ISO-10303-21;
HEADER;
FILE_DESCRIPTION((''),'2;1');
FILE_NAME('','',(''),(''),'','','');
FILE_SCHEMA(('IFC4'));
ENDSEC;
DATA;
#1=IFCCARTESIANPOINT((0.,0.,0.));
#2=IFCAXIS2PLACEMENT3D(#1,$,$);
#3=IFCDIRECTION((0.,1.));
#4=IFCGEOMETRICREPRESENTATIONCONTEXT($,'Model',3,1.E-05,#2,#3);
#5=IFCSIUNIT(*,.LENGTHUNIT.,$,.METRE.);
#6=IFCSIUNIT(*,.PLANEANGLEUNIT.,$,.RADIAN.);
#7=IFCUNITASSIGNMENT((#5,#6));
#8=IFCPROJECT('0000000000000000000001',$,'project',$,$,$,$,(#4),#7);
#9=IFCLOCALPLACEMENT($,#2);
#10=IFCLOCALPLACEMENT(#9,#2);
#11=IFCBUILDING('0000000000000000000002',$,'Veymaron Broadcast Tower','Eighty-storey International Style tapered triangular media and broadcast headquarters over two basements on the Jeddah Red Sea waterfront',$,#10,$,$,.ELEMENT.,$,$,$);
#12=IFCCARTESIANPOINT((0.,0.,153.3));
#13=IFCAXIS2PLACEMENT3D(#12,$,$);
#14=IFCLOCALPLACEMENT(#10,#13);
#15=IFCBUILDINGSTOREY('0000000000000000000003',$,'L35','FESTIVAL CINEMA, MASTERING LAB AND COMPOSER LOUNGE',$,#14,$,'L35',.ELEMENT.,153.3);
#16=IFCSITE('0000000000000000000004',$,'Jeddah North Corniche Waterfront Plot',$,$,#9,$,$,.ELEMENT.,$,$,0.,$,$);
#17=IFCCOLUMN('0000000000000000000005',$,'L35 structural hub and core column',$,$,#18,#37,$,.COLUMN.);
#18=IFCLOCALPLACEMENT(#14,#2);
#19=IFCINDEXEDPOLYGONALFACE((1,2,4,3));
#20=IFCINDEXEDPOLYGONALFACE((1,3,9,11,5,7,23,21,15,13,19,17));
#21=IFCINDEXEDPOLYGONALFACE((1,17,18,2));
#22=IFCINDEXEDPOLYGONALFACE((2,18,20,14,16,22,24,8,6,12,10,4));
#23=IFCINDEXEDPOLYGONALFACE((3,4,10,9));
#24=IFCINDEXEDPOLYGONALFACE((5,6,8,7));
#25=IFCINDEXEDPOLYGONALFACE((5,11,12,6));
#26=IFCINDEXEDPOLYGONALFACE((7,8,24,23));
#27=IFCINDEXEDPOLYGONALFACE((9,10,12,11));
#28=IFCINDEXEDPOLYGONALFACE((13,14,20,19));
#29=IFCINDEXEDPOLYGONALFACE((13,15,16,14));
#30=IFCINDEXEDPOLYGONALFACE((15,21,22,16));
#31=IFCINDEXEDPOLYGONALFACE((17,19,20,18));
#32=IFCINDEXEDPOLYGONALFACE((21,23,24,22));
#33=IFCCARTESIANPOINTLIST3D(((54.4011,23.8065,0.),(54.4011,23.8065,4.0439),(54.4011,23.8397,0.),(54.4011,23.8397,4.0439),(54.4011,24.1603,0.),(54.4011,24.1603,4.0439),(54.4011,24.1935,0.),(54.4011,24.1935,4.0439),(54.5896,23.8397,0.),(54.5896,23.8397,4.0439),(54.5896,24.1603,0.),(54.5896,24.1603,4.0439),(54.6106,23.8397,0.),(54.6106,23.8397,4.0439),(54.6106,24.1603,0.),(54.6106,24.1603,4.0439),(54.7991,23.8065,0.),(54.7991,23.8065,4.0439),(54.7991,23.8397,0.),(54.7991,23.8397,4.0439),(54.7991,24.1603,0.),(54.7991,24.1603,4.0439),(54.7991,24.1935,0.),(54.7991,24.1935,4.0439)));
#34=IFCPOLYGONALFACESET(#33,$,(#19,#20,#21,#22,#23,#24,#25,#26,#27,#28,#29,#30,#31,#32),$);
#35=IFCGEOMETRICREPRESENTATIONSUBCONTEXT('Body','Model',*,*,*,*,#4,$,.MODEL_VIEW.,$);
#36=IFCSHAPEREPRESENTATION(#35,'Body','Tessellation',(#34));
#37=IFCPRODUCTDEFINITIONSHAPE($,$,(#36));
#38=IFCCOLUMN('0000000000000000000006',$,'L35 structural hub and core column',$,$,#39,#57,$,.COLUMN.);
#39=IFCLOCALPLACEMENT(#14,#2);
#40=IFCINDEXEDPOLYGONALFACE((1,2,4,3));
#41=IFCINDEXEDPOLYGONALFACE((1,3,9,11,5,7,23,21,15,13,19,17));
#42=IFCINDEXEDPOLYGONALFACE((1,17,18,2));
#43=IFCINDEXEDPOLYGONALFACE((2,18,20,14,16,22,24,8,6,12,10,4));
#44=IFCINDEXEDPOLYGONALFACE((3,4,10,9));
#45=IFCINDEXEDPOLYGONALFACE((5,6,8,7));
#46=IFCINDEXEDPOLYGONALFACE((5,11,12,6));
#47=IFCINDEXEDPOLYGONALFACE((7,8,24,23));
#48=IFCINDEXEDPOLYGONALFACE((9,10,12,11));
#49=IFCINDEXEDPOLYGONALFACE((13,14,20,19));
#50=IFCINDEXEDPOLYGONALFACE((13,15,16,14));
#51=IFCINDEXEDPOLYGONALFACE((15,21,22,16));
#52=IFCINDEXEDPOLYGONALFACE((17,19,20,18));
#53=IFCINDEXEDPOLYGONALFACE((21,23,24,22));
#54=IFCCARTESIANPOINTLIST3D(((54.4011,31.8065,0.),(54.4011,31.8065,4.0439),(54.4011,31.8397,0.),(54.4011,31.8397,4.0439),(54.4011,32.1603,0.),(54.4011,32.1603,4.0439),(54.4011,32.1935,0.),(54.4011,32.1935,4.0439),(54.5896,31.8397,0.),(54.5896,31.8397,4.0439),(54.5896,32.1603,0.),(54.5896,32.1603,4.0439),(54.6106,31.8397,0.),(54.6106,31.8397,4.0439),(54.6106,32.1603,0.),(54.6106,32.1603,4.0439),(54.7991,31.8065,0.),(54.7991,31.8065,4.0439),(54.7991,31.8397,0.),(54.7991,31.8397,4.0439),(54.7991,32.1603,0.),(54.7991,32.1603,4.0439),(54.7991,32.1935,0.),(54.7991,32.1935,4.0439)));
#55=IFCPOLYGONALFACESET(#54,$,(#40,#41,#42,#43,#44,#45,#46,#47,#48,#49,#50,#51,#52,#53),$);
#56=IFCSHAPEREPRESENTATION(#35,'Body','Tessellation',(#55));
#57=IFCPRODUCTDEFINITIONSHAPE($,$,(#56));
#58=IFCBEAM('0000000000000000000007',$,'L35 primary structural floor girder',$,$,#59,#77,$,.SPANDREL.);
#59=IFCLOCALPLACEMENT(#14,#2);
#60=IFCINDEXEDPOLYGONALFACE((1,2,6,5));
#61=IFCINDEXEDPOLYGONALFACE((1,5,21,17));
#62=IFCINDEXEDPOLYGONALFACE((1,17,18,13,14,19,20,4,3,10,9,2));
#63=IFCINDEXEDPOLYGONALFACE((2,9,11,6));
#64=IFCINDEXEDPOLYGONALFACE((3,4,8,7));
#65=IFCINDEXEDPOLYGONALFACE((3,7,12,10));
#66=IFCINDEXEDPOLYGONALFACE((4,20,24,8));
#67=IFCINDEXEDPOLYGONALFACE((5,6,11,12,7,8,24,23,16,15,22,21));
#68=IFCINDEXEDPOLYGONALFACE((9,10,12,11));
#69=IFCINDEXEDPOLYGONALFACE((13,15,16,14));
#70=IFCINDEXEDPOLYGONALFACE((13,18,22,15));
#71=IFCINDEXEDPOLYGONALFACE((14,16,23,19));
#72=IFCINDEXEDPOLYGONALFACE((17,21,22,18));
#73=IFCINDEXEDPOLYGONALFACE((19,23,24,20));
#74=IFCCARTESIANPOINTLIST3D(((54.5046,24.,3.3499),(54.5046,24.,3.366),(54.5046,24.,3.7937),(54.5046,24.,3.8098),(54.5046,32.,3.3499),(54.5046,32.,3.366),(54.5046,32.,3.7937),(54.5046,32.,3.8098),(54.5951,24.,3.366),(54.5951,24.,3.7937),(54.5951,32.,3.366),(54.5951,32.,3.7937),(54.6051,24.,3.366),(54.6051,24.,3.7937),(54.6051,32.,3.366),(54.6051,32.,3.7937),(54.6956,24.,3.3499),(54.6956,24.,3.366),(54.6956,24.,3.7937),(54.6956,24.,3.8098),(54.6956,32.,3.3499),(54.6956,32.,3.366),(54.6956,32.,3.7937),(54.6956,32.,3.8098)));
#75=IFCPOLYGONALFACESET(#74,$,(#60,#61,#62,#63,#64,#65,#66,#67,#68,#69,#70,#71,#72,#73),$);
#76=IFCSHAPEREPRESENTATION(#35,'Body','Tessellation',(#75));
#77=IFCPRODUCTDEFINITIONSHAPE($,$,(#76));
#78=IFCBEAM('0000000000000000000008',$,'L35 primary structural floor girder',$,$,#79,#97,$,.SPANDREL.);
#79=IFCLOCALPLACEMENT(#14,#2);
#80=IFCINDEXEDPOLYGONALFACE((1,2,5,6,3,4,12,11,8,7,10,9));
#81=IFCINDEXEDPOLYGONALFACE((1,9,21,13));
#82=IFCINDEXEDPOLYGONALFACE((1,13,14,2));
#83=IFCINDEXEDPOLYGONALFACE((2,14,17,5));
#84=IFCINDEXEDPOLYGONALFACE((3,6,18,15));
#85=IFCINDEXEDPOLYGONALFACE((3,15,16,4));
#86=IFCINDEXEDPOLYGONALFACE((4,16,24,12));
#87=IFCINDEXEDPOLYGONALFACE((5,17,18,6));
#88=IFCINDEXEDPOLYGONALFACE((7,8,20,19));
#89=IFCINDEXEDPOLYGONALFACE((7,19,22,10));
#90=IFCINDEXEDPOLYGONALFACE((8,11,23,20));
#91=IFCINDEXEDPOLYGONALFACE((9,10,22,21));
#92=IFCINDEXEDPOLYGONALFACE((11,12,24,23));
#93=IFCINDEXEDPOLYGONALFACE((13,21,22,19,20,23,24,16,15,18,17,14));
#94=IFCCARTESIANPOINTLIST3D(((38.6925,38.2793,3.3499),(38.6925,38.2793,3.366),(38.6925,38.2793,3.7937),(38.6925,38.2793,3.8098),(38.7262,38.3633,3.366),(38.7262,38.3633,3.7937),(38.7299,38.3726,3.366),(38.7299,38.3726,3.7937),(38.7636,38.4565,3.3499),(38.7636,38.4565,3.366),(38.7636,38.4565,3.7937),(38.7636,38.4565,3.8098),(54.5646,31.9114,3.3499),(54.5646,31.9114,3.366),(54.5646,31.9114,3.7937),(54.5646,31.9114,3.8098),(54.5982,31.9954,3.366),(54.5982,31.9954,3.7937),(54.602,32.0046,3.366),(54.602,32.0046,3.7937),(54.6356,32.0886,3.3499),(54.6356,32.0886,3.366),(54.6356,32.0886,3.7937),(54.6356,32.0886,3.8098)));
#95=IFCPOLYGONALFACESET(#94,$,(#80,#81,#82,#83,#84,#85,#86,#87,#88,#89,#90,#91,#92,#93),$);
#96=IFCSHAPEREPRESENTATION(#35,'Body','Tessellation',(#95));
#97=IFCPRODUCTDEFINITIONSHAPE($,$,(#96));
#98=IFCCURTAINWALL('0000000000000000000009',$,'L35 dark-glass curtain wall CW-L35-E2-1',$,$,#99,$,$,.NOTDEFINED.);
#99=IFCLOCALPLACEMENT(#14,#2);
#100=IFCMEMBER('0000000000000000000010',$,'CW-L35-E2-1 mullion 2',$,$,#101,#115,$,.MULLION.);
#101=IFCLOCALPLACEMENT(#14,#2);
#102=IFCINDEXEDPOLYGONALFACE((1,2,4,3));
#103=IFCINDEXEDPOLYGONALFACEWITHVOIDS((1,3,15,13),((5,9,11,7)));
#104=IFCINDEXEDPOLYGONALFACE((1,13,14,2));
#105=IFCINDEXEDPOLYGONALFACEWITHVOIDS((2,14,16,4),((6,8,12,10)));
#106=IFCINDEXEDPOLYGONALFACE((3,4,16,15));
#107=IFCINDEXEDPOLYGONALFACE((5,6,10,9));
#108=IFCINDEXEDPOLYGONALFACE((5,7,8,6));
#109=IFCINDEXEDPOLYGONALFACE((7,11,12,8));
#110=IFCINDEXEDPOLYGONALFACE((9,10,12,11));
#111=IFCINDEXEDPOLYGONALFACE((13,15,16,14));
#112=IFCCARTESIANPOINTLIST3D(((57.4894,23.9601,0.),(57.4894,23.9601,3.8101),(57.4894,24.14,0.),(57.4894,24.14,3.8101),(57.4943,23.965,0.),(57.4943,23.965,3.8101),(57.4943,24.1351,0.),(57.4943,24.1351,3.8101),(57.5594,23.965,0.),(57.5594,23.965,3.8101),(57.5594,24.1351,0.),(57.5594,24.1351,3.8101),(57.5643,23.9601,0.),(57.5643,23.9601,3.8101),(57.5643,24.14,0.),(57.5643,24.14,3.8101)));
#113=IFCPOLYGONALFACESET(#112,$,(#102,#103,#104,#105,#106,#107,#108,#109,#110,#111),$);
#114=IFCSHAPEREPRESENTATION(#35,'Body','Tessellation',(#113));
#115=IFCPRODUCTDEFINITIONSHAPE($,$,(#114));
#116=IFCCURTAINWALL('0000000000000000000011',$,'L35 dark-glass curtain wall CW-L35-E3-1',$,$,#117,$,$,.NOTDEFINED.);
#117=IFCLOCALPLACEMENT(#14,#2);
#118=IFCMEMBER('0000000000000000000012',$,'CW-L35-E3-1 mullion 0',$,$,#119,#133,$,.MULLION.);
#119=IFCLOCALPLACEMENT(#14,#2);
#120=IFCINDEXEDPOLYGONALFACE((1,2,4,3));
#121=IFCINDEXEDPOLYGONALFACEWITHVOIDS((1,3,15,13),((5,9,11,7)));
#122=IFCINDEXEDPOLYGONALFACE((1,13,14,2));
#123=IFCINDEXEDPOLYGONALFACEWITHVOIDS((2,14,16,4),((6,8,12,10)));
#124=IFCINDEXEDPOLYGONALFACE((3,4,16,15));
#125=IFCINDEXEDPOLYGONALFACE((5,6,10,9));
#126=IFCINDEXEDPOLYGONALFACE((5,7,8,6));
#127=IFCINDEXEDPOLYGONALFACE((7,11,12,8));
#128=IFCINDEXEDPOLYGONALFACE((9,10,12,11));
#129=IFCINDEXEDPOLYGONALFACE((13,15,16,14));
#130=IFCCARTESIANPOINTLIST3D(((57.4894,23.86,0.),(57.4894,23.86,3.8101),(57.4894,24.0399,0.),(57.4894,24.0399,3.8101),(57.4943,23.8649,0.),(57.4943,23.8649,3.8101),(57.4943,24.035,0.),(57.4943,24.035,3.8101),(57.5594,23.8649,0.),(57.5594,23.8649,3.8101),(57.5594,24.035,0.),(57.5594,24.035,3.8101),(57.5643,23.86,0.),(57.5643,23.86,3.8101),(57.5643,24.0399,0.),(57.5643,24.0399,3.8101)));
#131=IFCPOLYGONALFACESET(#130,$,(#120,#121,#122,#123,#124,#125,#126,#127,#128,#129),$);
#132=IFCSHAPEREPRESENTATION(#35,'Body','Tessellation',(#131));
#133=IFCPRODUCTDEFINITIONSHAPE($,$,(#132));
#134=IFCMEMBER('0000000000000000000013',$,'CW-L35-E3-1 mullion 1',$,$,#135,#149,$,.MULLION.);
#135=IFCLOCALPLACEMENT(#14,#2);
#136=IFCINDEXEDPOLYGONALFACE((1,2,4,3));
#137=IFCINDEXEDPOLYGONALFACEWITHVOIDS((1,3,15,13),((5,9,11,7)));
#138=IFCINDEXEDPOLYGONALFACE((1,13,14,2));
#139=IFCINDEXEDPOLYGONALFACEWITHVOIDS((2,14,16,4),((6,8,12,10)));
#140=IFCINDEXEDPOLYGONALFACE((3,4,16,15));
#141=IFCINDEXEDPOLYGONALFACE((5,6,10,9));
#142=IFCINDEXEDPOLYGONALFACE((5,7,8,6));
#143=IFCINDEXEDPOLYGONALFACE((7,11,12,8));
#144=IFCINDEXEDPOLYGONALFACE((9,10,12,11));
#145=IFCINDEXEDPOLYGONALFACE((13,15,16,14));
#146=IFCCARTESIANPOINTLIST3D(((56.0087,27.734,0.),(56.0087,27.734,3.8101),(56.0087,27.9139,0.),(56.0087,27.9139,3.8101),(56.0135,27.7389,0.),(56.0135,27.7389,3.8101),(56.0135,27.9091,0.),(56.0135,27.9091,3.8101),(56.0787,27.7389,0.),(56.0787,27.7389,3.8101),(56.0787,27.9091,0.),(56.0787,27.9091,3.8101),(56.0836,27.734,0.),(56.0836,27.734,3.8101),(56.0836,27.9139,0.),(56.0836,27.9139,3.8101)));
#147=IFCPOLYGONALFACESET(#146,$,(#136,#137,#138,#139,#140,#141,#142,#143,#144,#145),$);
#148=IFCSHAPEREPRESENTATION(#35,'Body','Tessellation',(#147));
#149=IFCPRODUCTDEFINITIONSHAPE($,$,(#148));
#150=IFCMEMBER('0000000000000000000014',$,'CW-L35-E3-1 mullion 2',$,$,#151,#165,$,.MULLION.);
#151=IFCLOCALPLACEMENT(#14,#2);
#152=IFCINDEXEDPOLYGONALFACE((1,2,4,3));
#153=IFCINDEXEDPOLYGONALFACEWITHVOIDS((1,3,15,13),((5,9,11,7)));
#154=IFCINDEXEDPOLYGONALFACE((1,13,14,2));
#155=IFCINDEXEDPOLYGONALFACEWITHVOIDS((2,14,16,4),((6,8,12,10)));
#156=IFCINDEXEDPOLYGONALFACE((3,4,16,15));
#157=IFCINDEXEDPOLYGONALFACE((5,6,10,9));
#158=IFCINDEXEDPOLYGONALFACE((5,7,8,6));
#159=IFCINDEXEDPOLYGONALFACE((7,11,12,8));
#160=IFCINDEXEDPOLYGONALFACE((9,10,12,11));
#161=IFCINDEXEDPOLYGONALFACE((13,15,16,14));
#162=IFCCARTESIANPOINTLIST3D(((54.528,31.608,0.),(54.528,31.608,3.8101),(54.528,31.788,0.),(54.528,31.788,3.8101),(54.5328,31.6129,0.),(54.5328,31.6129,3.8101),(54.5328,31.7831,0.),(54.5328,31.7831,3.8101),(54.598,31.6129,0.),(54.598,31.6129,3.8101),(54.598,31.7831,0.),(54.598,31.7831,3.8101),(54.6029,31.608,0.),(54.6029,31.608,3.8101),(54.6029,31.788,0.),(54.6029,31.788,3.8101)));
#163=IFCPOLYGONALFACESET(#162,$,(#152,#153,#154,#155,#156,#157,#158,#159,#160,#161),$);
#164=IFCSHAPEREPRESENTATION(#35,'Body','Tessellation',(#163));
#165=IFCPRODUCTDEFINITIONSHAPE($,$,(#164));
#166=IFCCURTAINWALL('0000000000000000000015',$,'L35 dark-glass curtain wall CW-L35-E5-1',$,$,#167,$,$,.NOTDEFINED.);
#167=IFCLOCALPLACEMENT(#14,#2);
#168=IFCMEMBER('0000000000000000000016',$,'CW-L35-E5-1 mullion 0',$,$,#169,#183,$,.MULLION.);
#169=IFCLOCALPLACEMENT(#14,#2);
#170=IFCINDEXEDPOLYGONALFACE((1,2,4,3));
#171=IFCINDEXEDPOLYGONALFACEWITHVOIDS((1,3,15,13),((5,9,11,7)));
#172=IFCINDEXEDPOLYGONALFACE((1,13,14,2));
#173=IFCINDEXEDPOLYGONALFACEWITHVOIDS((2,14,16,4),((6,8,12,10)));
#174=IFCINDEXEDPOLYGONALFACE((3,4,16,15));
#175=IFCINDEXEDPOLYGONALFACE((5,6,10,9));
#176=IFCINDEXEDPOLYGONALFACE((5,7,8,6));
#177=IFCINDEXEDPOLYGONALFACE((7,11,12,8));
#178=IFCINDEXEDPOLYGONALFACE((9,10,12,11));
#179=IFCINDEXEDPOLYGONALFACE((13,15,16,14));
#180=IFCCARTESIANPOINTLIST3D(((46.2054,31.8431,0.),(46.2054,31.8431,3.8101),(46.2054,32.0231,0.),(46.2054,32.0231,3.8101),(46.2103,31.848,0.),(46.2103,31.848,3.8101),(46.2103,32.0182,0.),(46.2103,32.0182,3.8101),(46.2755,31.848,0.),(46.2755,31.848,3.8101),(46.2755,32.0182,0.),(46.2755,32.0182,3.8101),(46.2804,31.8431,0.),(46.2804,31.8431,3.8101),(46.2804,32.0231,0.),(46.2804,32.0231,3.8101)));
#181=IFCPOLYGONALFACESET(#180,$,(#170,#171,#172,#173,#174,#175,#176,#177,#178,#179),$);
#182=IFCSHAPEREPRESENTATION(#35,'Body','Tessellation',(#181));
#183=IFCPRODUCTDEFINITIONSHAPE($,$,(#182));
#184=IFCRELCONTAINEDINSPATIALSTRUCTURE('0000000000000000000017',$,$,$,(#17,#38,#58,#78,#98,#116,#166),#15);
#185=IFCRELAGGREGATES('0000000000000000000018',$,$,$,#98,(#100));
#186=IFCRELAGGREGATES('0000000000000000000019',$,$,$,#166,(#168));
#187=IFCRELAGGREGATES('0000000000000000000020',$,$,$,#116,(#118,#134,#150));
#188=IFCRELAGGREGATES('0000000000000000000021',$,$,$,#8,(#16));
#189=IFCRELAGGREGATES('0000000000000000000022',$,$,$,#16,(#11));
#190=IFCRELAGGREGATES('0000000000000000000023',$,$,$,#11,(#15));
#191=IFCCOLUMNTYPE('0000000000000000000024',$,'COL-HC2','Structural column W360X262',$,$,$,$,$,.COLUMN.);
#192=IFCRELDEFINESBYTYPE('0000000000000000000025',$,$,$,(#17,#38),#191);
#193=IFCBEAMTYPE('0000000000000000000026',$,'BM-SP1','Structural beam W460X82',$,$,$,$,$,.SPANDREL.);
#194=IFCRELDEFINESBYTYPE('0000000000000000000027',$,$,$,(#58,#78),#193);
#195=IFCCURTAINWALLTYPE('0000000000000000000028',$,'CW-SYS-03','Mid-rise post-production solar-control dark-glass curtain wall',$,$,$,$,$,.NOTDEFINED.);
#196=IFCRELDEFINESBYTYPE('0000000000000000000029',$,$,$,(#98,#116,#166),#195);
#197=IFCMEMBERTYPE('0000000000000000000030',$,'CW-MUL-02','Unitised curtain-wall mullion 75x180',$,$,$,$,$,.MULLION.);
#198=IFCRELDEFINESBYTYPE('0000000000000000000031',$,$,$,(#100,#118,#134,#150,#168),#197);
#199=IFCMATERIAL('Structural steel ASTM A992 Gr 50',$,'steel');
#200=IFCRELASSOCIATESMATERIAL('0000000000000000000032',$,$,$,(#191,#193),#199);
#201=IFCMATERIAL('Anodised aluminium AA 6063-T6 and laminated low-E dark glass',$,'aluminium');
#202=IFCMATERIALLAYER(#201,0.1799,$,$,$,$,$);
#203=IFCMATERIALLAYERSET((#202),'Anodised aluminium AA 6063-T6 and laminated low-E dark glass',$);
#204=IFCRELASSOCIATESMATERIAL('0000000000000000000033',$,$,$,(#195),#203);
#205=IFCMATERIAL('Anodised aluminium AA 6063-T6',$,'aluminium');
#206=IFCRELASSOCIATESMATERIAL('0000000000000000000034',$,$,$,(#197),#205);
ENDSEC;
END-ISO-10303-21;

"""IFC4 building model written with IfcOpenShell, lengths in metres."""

from ifc_helpers import new_model, si_unit, direction, frame, origin, origin_2d, place, context, subcontext, project, spatial, hollow_rectangle, i_section, extrude, material, layer, layer_set, material_profile, profile_set, type_object, element, aggregate, save


model = new_model("IFC4")

# Units and contexts
model_context = context("Model", 3, precision=1e-05, world=origin(), true_north=direction((0.0, 1.0)))
body_context = subcontext(model_context, "Body", "Model", "MODEL_VIEW")
ifc_project = project(units=[si_unit("LENGTHUNIT", "METRE"), si_unit("PLANEANGLEUNIT", "RADIAN")], contexts=[model_context])

# Site, building, storey
site_placement = place(None, origin())
site = spatial("IfcSite", under=ifc_project, at=site_placement, Name="Jeddah North Corniche Waterfront Plot", CompositionType="ELEMENT", RefElevation=0.0)
building_placement = place(site_placement, origin())
building = spatial("IfcBuilding", under=site, at=building_placement, Name="Veymaron Broadcast Tower", Description="Eighty-storey International Style tapered triangular media and broadcast headquarters over two basements on the Jeddah Red Sea waterfront", CompositionType="ELEMENT")
storey_placement = place(building_placement, frame((0.0, 0.0, 153.3)))
storey = spatial("IfcBuildingStorey", under=building, at=storey_placement, Name="L35", Description="FESTIVAL CINEMA, MASTERING LAB AND COMPOSER LOUNGE", LongName="L35", CompositionType="ELEMENT", Elevation=153.3)

# Columns
ifc_material_1 = material(Name="Structural steel ASTM A992 Gr 50", Category="steel")
ifc_material_profile_1 = material_profile(ifc_material_1, i_section(OverallWidth=0.3979, OverallDepth=0.387, WebThickness=0.021, FlangeThickness=0.0332, at=origin_2d()), Name="W360X262")
ifc_profile_set_1 = profile_set([ifc_material_profile_1], Name="Structural steel ASTM A992 Gr 50")
column_type = type_object("IfcColumnType", Name="COL-HC2", Description="Structural column W360X262", PredefinedType="COLUMN", material=ifc_profile_set_1)
for number, where, z_axis, x_axis, name in (
    (1, (54.6001, 24.0, 0.0), (0.0, 0.0, 1.0), (1.0, 0.0, 0.0), "L35 structural hub and core column"),
    (2, (54.6001, 32.0, 0.0), (0.0, 0.0, 1.0), (1.0, 0.0, 0.0), "L35 structural hub and core column"),
):
    element("IfcColumn", number, at=place(storey_placement, frame(where, z_axis=z_axis, x_axis=x_axis)), inside=storey, type_object=column_type, Name=name, PredefinedType="COLUMN", context=body_context, shape_type="SweptSolid", body=[
        extrude(i_section(OverallWidth=0.3979, OverallDepth=0.387, WebThickness=0.021, FlangeThickness=0.0332, at=origin_2d()), origin(), (0.0, 0.0, 1.0), 4.0439),
    ])

# Beams
ifc_material_profile_2 = material_profile(ifc_material_1, i_section(OverallWidth=0.1909, OverallDepth=0.46, WebThickness=0.01, FlangeThickness=0.0161, at=origin_2d()), Name="W460X82")
ifc_profile_set_2 = profile_set([ifc_material_profile_2], Name="Structural steel ASTM A992 Gr 50")
beam_type = type_object("IfcBeamType", Name="BM-SP1", Description="Structural beam W460X82", PredefinedType="SPANDREL", material=ifc_profile_set_2)
beam_1_placement = place(storey_placement, frame((54.6001, 24.0, 3.5798), z_axis=(0.0, 1.0, 0.0), x_axis=(-1.0, 0.0, 0.0)))
element("IfcBeam", 3, at=beam_1_placement, inside=storey, type_object=beam_type, Name="L35 primary structural floor girder", PredefinedType="SPANDREL", context=body_context, shape_type="SweptSolid", body=[
    extrude(i_section(OverallWidth=0.1909, OverallDepth=0.46, WebThickness=0.01, FlangeThickness=0.0161, at=origin_2d()), origin(), (0.0, 0.0, 1.0), 8.0),
])
beam_2_placement = place(storey_placement, frame((54.6001, 32.0, 3.5798), z_axis=(-0.928091, 0.372353, 0.0), x_axis=(-0.372353, -0.928091, 0.0)))
element("IfcBeam", 4, at=beam_2_placement, inside=storey, type_object=beam_type, Name="L35 primary structural floor girder", PredefinedType="SPANDREL", context=body_context, shape_type="SweptSolid", body=[
    extrude(i_section(OverallWidth=0.1909, OverallDepth=0.46, WebThickness=0.01, FlangeThickness=0.0161, at=origin_2d()), origin(), (0.0, 0.0, 1.0), 17.1018),
])

# Curtain wall, member
ifc_material_2 = material(Name="Anodised aluminium AA 6063-T6 and laminated low-E dark glass", Category="aluminium")
ifc_layer_1 = layer(ifc_material_2, 0.1799)
ifc_layer_set_1 = layer_set([ifc_layer_1], Name="Anodised aluminium AA 6063-T6 and laminated low-E dark glass")
curtain_wall_type = type_object("IfcCurtainWallType", Name="CW-SYS-03", Description="Mid-rise post-production solar-control dark-glass curtain wall", PredefinedType="NOTDEFINED", material=ifc_layer_set_1)
curtain_wall_1_placement = place(storey_placement, origin())
curtain_wall_1 = element("IfcCurtainWall", 5, at=curtain_wall_1_placement, inside=storey, type_object=curtain_wall_type, Name="L35 dark-glass curtain wall CW-L35-E2-1", PredefinedType="NOTDEFINED")
ifc_material_3 = material(Name="Anodised aluminium AA 6063-T6", Category="aluminium")
ifc_material_profile_3 = material_profile(ifc_material_3, hollow_rectangle(XDim=0.075, YDim=0.1799, WallThickness=0.0049, at=origin_2d()), Name="AL180X75X5")
ifc_profile_set_3 = profile_set([ifc_material_profile_3], Name="Anodised aluminium AA 6063-T6")
member_type_1 = type_object("IfcMemberType", Name="CW-MUL-02", Description="Unitised curtain-wall mullion 75x180", PredefinedType="MULLION", material=ifc_profile_set_3)
member_1_placement = place(storey_placement, frame((57.5269, 24.05, 0.0), z_axis=(0.0, 0.0, 1.0), x_axis=(1.0, 0.0, 0.0)))
member_1 = element("IfcMember", 6, at=member_1_placement, type_object=member_type_1, Name="CW-L35-E2-1 mullion 2", PredefinedType="MULLION", context=body_context, shape_type="SweptSolid", body=[
    extrude(hollow_rectangle(XDim=0.075, YDim=0.1799, WallThickness=0.0049, at=origin_2d()), origin(), (0.0, 0.0, 1.0), 3.8101),
])
aggregate(curtain_wall_1, [member_1])

# Curtain wall, members
curtain_wall_2_placement = place(storey_placement, origin())
curtain_wall_2 = element("IfcCurtainWall", 7, at=curtain_wall_2_placement, inside=storey, type_object=curtain_wall_type, Name="L35 dark-glass curtain wall CW-L35-E3-1", PredefinedType="NOTDEFINED")
member_2_placement = place(storey_placement, frame((57.5269, 23.95, 0.0), z_axis=(0.0, 0.0, 1.0), x_axis=(1.0, 0.0, 0.0)))
member_2 = element("IfcMember", 8, at=member_2_placement, type_object=member_type_1, Name="CW-L35-E3-1 mullion 0", PredefinedType="MULLION", context=body_context, shape_type="SweptSolid", body=[
    extrude(hollow_rectangle(XDim=0.075, YDim=0.1799, WallThickness=0.0049, at=origin_2d()), origin(), (0.0, 0.0, 1.0), 3.8101),
])
member_3_placement = place(storey_placement, frame((56.0461, 27.824, 0.0), z_axis=(0.0, 0.0, 1.0), x_axis=(1.0, 0.0, 0.0)))
member_3 = element("IfcMember", 9, at=member_3_placement, type_object=member_type_1, Name="CW-L35-E3-1 mullion 1", PredefinedType="MULLION", context=body_context, shape_type="SweptSolid", body=[
    extrude(hollow_rectangle(XDim=0.075, YDim=0.1799, WallThickness=0.0049, at=origin_2d()), origin(), (0.0, 0.0, 1.0), 3.8101),
])
member_4_placement = place(storey_placement, frame((54.5654, 31.698, 0.0), z_axis=(0.0, 0.0, 1.0), x_axis=(1.0, 0.0, 0.0)))
member_4 = element("IfcMember", 10, at=member_4_placement, type_object=member_type_1, Name="CW-L35-E3-1 mullion 2", PredefinedType="MULLION", context=body_context, shape_type="SweptSolid", body=[
    extrude(hollow_rectangle(XDim=0.075, YDim=0.1799, WallThickness=0.0049, at=origin_2d()), origin(), (0.0, 0.0, 1.0), 3.8101),
])

# Curtain wall, member
curtain_wall_3_placement = place(storey_placement, origin())
curtain_wall_3 = element("IfcCurtainWall", 11, at=curtain_wall_3_placement, inside=storey, type_object=curtain_wall_type, Name="L35 dark-glass curtain wall CW-L35-E5-1", PredefinedType="NOTDEFINED")
member_5_placement = place(storey_placement, frame((46.2429, 31.9331, 0.0), z_axis=(0.0, 0.0, 1.0), x_axis=(1.0, 0.0, 0.0)))
member_5 = element("IfcMember", 12, at=member_5_placement, type_object=member_type_1, Name="CW-L35-E5-1 mullion 0", PredefinedType="MULLION", context=body_context, shape_type="SweptSolid", body=[
    extrude(hollow_rectangle(XDim=0.075, YDim=0.1799, WallThickness=0.0049, at=origin_2d()), origin(), (0.0, 0.0, 1.0), 3.8101),
])

aggregate(curtain_wall_3, [member_5])

aggregate(curtain_wall_2, [member_2, member_3, member_4])

save(model, "model.ifc")
